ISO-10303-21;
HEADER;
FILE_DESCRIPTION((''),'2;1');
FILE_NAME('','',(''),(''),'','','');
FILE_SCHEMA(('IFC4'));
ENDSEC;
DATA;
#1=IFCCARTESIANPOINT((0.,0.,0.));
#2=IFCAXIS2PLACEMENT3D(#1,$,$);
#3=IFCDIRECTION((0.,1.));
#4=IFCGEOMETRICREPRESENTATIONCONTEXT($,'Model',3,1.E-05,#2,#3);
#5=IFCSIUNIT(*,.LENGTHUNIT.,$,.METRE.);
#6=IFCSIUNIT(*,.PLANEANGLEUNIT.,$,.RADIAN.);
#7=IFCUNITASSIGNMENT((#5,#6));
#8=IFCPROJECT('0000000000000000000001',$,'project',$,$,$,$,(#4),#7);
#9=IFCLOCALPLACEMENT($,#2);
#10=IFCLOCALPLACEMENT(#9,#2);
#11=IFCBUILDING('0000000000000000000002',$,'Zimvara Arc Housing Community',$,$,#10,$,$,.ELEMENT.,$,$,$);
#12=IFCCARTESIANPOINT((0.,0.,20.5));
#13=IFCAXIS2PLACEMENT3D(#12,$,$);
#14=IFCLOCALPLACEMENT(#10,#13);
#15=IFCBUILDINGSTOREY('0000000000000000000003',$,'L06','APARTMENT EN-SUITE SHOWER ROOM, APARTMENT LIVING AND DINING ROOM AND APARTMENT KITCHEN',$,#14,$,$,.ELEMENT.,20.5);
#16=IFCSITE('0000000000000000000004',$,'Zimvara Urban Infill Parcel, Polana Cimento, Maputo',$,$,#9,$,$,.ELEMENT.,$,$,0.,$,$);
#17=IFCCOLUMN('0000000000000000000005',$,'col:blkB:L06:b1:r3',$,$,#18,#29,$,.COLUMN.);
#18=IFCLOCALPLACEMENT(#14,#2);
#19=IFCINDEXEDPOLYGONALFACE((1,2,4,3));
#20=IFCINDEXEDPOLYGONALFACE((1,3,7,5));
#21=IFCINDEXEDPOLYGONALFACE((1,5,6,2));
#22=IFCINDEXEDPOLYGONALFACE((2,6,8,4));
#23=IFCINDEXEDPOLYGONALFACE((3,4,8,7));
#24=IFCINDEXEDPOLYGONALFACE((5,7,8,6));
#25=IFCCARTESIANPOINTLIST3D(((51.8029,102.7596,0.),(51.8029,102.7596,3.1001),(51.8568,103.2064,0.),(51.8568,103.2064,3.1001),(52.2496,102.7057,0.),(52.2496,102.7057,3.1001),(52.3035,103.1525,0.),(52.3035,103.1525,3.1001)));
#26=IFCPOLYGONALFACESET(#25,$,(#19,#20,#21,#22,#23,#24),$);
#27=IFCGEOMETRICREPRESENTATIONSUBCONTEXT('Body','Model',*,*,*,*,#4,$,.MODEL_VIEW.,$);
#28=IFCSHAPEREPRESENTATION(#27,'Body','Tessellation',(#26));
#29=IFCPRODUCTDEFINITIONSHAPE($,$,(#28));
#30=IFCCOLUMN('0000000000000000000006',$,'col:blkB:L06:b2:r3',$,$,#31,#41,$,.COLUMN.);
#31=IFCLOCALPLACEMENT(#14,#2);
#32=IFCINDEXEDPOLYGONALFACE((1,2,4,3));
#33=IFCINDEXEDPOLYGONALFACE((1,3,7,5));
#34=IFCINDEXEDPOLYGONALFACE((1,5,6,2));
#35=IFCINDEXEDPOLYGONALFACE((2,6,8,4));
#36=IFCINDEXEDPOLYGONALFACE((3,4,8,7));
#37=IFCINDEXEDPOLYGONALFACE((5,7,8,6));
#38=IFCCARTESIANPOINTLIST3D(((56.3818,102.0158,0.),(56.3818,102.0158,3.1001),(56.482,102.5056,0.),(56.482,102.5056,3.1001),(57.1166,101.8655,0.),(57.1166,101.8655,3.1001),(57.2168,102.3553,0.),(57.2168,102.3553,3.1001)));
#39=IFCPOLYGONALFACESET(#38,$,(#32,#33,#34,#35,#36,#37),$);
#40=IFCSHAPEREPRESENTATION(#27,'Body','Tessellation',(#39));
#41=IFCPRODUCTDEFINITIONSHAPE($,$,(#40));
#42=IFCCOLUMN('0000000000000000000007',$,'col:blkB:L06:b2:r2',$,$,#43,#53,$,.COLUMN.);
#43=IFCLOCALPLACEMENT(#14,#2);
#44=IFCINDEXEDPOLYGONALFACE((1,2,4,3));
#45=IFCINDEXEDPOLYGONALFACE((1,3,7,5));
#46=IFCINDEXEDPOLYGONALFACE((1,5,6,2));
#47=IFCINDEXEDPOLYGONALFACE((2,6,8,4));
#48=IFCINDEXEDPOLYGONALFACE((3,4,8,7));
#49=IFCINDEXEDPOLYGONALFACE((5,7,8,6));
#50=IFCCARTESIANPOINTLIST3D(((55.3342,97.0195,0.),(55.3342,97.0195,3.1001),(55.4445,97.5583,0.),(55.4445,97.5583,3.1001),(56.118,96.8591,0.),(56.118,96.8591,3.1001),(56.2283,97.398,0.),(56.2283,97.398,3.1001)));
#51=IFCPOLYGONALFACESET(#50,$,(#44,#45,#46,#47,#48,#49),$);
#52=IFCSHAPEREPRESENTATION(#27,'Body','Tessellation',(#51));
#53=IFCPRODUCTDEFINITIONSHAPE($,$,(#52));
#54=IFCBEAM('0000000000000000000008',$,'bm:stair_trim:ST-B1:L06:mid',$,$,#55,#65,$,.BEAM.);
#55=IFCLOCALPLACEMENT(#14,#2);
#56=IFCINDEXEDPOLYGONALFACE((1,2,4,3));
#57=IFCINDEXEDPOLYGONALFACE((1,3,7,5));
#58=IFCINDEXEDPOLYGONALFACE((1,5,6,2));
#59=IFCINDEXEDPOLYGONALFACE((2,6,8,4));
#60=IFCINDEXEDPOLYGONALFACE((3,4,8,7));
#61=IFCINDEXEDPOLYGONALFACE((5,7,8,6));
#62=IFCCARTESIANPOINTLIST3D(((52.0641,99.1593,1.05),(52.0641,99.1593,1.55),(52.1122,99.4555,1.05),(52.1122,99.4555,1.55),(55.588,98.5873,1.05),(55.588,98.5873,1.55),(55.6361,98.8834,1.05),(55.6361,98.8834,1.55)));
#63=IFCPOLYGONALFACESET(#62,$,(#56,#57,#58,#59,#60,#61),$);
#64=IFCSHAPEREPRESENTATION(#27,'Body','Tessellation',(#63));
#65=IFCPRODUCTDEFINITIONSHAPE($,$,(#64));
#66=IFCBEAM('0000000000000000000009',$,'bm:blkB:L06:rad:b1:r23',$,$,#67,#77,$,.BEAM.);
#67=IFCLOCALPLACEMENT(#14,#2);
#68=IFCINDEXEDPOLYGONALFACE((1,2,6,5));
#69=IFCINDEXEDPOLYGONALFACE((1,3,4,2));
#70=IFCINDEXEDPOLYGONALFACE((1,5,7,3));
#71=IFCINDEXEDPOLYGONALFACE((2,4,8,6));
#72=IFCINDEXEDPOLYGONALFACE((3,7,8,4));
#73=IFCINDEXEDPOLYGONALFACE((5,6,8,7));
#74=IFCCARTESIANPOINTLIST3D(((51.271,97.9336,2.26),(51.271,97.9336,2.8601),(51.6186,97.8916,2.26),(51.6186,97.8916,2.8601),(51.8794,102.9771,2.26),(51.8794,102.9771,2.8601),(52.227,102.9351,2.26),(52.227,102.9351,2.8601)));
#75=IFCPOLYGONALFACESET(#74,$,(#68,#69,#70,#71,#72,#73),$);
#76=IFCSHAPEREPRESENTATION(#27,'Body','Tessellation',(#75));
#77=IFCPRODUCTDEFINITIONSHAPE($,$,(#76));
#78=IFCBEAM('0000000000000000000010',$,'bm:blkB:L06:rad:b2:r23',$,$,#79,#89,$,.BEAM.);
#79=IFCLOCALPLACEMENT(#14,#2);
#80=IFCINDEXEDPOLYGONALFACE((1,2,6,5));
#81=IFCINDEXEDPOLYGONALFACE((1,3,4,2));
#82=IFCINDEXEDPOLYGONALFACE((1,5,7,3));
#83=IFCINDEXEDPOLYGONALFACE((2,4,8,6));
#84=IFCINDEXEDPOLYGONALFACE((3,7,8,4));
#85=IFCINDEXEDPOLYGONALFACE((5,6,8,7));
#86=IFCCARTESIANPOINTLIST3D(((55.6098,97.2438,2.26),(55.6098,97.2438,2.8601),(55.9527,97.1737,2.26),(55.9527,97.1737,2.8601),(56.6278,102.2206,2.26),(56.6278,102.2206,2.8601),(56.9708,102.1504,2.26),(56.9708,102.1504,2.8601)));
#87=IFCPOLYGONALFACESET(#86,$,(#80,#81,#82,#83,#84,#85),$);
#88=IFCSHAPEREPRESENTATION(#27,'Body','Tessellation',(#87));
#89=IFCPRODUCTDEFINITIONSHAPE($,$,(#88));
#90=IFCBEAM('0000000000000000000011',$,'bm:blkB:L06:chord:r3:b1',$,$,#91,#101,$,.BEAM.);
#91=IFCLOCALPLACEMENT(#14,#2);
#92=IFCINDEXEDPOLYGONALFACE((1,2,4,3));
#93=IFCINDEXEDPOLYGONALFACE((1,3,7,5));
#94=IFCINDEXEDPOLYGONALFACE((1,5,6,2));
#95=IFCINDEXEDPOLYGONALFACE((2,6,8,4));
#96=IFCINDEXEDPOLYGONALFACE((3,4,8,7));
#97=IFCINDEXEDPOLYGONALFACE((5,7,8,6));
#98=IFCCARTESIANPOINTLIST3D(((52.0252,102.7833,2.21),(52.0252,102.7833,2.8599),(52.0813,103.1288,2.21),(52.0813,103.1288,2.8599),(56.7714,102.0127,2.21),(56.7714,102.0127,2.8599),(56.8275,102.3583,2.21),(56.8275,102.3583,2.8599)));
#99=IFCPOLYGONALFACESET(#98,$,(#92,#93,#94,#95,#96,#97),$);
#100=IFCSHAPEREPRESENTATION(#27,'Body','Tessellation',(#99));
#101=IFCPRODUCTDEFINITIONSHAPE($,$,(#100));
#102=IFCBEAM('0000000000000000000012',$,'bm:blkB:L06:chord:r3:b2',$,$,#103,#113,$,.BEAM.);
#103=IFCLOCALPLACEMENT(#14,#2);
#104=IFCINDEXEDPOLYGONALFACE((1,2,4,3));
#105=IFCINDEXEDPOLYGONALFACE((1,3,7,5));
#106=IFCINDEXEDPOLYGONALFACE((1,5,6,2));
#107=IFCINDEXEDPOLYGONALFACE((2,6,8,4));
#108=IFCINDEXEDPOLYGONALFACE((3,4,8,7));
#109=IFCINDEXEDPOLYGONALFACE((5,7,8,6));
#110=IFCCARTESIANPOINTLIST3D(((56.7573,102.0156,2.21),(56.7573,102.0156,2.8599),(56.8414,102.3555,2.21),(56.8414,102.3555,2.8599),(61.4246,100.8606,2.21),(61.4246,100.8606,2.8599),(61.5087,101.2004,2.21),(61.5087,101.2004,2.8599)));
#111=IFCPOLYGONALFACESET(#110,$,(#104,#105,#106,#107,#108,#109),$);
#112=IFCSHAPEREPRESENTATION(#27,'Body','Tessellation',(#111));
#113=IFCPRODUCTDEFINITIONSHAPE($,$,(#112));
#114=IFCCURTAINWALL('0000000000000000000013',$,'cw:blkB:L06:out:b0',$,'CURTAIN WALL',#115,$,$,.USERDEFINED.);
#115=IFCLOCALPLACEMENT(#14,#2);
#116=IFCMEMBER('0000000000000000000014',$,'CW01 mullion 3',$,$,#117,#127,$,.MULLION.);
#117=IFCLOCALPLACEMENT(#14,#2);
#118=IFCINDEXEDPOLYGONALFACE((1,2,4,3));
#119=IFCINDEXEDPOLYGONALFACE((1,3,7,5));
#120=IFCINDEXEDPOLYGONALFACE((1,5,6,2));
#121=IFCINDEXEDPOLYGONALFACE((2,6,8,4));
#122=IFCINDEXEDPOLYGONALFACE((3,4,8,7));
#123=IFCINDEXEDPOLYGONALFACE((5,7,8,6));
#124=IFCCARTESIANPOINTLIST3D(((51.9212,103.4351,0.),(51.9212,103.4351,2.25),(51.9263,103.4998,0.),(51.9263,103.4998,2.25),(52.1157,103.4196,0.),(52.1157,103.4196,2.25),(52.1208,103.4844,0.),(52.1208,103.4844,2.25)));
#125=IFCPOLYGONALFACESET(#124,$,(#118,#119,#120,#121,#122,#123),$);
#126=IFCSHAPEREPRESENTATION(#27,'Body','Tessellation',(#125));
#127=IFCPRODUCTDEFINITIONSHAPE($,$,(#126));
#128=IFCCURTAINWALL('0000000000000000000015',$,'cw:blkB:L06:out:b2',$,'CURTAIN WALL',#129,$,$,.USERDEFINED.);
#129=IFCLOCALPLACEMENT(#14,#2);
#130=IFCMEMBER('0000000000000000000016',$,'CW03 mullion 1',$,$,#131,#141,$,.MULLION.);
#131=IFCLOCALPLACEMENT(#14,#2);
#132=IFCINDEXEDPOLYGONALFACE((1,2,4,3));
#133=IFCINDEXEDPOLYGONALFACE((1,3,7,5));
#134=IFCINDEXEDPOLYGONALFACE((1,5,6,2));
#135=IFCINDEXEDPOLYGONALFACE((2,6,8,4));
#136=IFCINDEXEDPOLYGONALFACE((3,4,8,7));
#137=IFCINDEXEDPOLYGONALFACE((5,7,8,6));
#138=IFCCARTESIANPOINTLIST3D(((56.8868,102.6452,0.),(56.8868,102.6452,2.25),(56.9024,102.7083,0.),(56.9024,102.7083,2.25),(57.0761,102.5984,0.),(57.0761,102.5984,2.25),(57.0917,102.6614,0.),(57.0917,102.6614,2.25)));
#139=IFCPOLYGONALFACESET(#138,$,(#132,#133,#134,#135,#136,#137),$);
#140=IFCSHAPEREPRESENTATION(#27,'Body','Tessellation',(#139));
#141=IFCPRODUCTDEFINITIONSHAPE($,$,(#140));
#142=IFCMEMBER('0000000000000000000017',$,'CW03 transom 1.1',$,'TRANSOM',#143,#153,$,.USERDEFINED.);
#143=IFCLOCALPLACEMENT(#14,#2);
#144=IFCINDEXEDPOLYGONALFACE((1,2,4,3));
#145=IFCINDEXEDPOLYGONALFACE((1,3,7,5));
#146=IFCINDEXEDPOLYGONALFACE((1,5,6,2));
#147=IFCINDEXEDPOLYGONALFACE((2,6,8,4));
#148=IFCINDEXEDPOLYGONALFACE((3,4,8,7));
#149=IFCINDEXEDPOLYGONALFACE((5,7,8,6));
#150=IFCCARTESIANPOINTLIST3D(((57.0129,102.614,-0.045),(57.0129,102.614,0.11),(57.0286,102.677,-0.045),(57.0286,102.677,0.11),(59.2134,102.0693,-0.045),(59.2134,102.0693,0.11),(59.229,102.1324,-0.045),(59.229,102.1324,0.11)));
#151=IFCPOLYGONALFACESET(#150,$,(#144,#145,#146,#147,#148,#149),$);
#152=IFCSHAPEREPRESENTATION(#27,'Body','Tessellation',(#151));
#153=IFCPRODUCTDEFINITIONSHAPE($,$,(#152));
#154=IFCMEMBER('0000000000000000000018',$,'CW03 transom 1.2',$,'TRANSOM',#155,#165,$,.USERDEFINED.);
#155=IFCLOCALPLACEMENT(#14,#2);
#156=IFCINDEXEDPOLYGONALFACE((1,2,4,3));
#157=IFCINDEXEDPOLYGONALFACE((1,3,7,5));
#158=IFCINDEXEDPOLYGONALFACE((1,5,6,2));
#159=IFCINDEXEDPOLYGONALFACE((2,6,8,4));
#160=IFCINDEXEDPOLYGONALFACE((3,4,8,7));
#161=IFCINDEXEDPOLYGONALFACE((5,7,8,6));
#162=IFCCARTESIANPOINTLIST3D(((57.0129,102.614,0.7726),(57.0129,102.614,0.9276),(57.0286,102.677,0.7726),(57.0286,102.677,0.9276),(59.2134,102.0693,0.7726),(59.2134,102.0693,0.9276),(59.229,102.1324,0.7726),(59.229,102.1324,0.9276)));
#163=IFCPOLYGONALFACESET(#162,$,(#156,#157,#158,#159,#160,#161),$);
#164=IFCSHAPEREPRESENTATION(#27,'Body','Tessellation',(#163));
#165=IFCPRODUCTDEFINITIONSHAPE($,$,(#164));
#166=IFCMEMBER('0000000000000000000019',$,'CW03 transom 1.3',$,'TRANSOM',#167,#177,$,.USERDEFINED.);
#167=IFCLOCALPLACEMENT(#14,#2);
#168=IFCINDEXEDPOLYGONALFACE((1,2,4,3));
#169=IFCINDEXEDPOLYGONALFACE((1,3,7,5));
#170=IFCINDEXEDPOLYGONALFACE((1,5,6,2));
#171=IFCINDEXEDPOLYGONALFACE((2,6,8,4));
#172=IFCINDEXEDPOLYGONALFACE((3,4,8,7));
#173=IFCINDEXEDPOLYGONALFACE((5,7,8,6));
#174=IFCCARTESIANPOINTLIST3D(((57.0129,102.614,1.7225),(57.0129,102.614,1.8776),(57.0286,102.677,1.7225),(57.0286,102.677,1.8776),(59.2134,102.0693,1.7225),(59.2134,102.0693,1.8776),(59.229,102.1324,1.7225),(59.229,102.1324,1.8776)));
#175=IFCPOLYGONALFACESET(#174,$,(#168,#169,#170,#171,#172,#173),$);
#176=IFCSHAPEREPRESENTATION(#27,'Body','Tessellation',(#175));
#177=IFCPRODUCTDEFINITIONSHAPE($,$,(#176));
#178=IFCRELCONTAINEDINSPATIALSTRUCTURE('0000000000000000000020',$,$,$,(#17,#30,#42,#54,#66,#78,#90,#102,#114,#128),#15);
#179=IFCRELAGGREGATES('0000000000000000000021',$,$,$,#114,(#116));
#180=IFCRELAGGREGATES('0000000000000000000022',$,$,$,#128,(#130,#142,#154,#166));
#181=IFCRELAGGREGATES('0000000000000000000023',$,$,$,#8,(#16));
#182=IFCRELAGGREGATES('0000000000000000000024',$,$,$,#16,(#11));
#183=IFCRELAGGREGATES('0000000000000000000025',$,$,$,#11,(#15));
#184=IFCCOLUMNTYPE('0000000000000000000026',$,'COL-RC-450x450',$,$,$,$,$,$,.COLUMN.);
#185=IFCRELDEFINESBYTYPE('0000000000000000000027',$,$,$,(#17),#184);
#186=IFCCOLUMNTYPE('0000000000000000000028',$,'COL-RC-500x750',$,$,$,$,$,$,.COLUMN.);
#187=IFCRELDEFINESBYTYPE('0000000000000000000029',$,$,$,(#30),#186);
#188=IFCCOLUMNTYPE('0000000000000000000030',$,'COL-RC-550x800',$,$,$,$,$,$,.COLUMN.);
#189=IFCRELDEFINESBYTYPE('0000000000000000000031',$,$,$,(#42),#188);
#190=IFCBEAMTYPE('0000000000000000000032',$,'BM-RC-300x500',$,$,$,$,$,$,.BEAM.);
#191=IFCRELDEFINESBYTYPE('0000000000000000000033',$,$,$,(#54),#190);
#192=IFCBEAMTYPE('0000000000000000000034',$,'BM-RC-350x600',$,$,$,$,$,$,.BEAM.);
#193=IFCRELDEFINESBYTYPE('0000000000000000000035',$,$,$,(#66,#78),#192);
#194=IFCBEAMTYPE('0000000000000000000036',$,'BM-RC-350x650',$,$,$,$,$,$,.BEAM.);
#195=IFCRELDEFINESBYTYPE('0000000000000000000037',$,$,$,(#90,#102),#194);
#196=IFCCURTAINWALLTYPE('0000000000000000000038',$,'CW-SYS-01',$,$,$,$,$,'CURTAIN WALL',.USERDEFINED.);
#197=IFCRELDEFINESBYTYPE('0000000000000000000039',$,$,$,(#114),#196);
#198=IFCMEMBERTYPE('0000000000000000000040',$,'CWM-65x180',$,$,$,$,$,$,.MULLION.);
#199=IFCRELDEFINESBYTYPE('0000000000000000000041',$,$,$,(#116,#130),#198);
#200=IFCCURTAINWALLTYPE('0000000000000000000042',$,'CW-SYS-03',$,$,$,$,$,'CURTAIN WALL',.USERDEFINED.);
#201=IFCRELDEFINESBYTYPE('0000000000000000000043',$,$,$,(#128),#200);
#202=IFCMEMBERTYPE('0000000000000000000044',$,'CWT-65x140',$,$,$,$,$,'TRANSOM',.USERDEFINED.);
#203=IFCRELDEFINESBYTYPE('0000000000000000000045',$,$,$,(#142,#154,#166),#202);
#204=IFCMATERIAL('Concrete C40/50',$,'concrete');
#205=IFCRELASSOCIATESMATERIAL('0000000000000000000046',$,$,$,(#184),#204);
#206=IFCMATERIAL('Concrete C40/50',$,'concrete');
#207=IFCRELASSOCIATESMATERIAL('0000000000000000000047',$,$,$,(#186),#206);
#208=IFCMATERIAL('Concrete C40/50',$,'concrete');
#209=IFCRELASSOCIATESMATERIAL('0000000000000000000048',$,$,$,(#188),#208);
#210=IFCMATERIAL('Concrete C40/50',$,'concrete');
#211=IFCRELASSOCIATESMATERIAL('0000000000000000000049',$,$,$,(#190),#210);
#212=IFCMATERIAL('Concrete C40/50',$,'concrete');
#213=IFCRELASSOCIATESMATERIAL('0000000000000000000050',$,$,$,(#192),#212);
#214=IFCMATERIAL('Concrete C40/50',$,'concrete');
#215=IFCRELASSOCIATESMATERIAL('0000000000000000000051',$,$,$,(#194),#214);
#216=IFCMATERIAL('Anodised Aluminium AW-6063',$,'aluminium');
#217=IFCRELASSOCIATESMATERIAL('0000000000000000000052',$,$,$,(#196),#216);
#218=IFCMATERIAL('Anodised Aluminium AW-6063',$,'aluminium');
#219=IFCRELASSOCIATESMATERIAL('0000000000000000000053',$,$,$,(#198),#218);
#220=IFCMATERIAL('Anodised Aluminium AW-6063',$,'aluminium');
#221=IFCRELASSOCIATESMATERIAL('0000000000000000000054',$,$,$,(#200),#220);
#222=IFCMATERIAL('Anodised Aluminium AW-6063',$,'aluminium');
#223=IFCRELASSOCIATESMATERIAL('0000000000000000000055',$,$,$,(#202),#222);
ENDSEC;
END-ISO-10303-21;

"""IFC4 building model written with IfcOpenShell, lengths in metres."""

from ifc_helpers import new_model, si_unit, direction, frame, origin, origin_2d, place, context, subcontext, project, spatial, rectangle, extrude, material, material_profile, profile_set, type_object, element, aggregate, save


model = new_model("IFC4")

# Units and contexts
model_context = context("Model", 3, precision=1e-05, world=origin(), true_north=direction((0.0, 1.0)))
body_context = subcontext(model_context, "Body", "Model", "MODEL_VIEW")
ifc_project = project(units=[si_unit("LENGTHUNIT", "METRE"), si_unit("PLANEANGLEUNIT", "RADIAN")], contexts=[model_context])

# Site, building, storey
site_placement = place(None, origin())
site = spatial("IfcSite", under=ifc_project, at=site_placement, Name="Zimvara Urban Infill Parcel, Polana Cimento, Maputo", CompositionType="ELEMENT", RefElevation=0.0)
building_placement = place(site_placement, origin())
building = spatial("IfcBuilding", under=site, at=building_placement, Name="Zimvara Arc Housing Community", CompositionType="ELEMENT")
storey_placement = place(building_placement, frame((0.0, 0.0, 20.5)))
storey = spatial("IfcBuildingStorey", under=building, at=storey_placement, Name="L06", Description="APARTMENT EN-SUITE SHOWER ROOM, APARTMENT LIVING AND DINING ROOM AND APARTMENT KITCHEN", CompositionType="ELEMENT", Elevation=20.5)

# Columns
ifc_material_1 = material(Name="Concrete C40/50", Category="concrete")
ifc_material_profile_1 = material_profile(ifc_material_1, rectangle(XDim=0.45, YDim=0.45, at=origin_2d()), Name="RC 450x450")
ifc_profile_set_1 = profile_set([ifc_material_profile_1], Name="Concrete C40/50")
column_type_1 = type_object("IfcColumnType", Name="COL-RC-450x450", PredefinedType="COLUMN", material=ifc_profile_set_1)
column_1_placement = place(storey_placement, frame((52.0532, 102.9561, 0.0), z_axis=(0.0, 0.0, 1.0), x_axis=(0.11979, 0.992799, 0.0)))
element("IfcColumn", 1, at=column_1_placement, inside=storey, type_object=column_type_1, Name="col:blkB:L06:b1:r3", PredefinedType="COLUMN", context=body_context, shape_type="SweptSolid", body=[
    extrude(rectangle(XDim=0.45, YDim=0.45, at=origin_2d()), origin(), (0.0, 0.0, 1.0), 3.1001),
])
ifc_material_2 = material(Name="Concrete C40/50", Category="concrete")
ifc_material_profile_2 = material_profile(ifc_material_2, rectangle(XDim=0.5, YDim=0.75, at=origin_2d()), Name="RC 500x750")
ifc_profile_set_2 = profile_set([ifc_material_profile_2], Name="Concrete C40/50")
column_type_2 = type_object("IfcColumnType", Name="COL-RC-500x750", PredefinedType="COLUMN", material=ifc_profile_set_2)
column_2_placement = place(storey_placement, frame((56.7993, 102.1855, 0.0), z_axis=(0.0, 0.0, 1.0), x_axis=(0.200394, 0.979715, 0.0)))
element("IfcColumn", 2, at=column_2_placement, inside=storey, type_object=column_type_2, Name="col:blkB:L06:b2:r3", PredefinedType="COLUMN", context=body_context, shape_type="SweptSolid", body=[
    extrude(rectangle(XDim=0.5, YDim=0.75, at=origin_2d()), origin(), (0.0, 0.0, 1.0), 3.1001),
])
ifc_material_3 = material(Name="Concrete C40/50", Category="concrete")
ifc_material_profile_3 = material_profile(ifc_material_3, rectangle(XDim=0.55, YDim=0.8, at=origin_2d()), Name="RC 550x800")
ifc_profile_set_3 = profile_set([ifc_material_profile_3], Name="Concrete C40/50")
column_type_3 = type_object("IfcColumnType", Name="COL-RC-550x800", PredefinedType="COLUMN", material=ifc_profile_set_3)
column_3_placement = place(storey_placement, frame((55.7812, 97.2087, 0.0), z_axis=(0.0, 0.0, 1.0), x_axis=(0.200394, 0.979715, 0.0)))
element("IfcColumn", 3, at=column_3_placement, inside=storey, type_object=column_type_3, Name="col:blkB:L06:b2:r2", PredefinedType="COLUMN", context=body_context, shape_type="SweptSolid", body=[
    extrude(rectangle(XDim=0.55, YDim=0.8, at=origin_2d()), origin(), (0.0, 0.0, 1.0), 3.1001),
])

# Beams
ifc_material_4 = material(Name="Concrete C40/50", Category="concrete")
ifc_material_profile_4 = material_profile(ifc_material_4, rectangle(XDim=0.3, YDim=0.5, at=origin_2d()), Name="RC 300x500")
ifc_profile_set_4 = profile_set([ifc_material_profile_4], Name="Concrete C40/50")
beam_type_1 = type_object("IfcBeamType", Name="BM-RC-300x500", PredefinedType="BEAM", material=ifc_profile_set_4)
beam_1_placement = place(storey_placement, frame((55.6121, 98.7354, 1.3), z_axis=(-0.98708, 0.160228, 0.0), x_axis=(-0.160228, -0.98708, 0.0)))
element("IfcBeam", 4, at=beam_1_placement, inside=storey, type_object=beam_type_1, Name="bm:stair_trim:ST-B1:L06:mid", PredefinedType="BEAM", context=body_context, shape_type="SweptSolid", body=[
    extrude(rectangle(XDim=0.3, YDim=0.5, at=origin_2d()), origin(), (0.0, 0.0, 1.0), 3.5701),
])
ifc_material_5 = material(Name="Concrete C40/50", Category="concrete")
ifc_material_profile_5 = material_profile(ifc_material_5, rectangle(XDim=0.3501, YDim=0.6001, at=origin_2d()), Name="RC 350x600")
ifc_profile_set_5 = profile_set([ifc_material_profile_5], Name="Concrete C40/50")
beam_type_2 = type_object("IfcBeamType", Name="BM-RC-350x600", PredefinedType="BEAM", material=ifc_profile_set_5)
beam_2_placement = place(storey_placement, frame((51.4448, 97.9126, 2.5601), z_axis=(0.119763, 0.992803, 0.0), x_axis=(-0.992803, 0.119763, 0.0)))
element("IfcBeam", 5, at=beam_2_placement, inside=storey, type_object=beam_type_2, Name="bm:blkB:L06:rad:b1:r23", PredefinedType="BEAM", context=body_context, shape_type="SweptSolid", body=[
    extrude(rectangle(XDim=0.3501, YDim=0.6001, at=origin_2d()), origin(), (0.0, 0.0, 1.0), 5.0801),
])
beam_3_placement = place(storey_placement, frame((55.7812, 97.2087, 2.5601), z_axis=(0.200412, 0.979712, 0.0), x_axis=(-0.979712, 0.200412, 0.0)))
element("IfcBeam", 6, at=beam_3_placement, inside=storey, type_object=beam_type_2, Name="bm:blkB:L06:rad:b2:r23", PredefinedType="BEAM", context=body_context, shape_type="SweptSolid", body=[
    extrude(rectangle(XDim=0.3501, YDim=0.6001, at=origin_2d()), origin(), (0.0, 0.0, 1.0), 5.0798),
])
ifc_material_6 = material(Name="Concrete C40/50", Category="concrete")
ifc_material_profile_6 = material_profile(ifc_material_6, rectangle(XDim=0.3501, YDim=0.6499, at=origin_2d()), Name="RC 350x650")
ifc_profile_set_6 = profile_set([ifc_material_profile_6], Name="Concrete C40/50")
beam_type_3 = type_object("IfcBeamType", Name="BM-RC-350x650", PredefinedType="BEAM", material=ifc_profile_set_6)
beam_4_placement = place(storey_placement, frame((52.0532, 102.9561, 2.5349), z_axis=(0.987077, -0.160248, 0.0), x_axis=(0.160248, 0.987077, 0.0)))
element("IfcBeam", 7, at=beam_4_placement, inside=storey, type_object=beam_type_3, Name="bm:blkB:L06:chord:r3:b1", PredefinedType="BEAM", context=body_context, shape_type="SweptSolid", body=[
    extrude(rectangle(XDim=0.3501, YDim=0.6499, at=origin_2d()), origin(), (0.0, 0.0, 1.0), 4.8083),
])
beam_5_placement = place(storey_placement, frame((56.7993, 102.1855, 2.5349), z_axis=(0.970716, -0.240229, 0.0), x_axis=(0.240229, 0.970716, 0.0)))
element("IfcBeam", 8, at=beam_5_placement, inside=storey, type_object=beam_type_3, Name="bm:blkB:L06:chord:r3:b2", PredefinedType="BEAM", context=body_context, shape_type="SweptSolid", body=[
    extrude(rectangle(XDim=0.3501, YDim=0.6499, at=origin_2d()), origin(), (0.0, 0.0, 1.0), 4.8081),
])

# Curtain wall, member
ifc_material_7 = material(Name="Anodised Aluminium AW-6063", Category="aluminium")
curtain_wall_type_1 = type_object("IfcCurtainWallType", Name="CW-SYS-01", ElementType="CURTAIN WALL", PredefinedType="USERDEFINED", material=ifc_material_7)
curtain_wall_1_placement = place(storey_placement, origin())
curtain_wall_1 = element("IfcCurtainWall", 9, at=curtain_wall_1_placement, inside=storey, type_object=curtain_wall_type_1, Name="cw:blkB:L06:out:b0", ObjectType="CURTAIN WALL", PredefinedType="USERDEFINED")
ifc_material_8 = material(Name="Anodised Aluminium AW-6063", Category="aluminium")
ifc_material_profile_7 = material_profile(ifc_material_8, rectangle(XDim=0.0649, YDim=0.1951, at=origin_2d()), Name="ALU 65x195")
ifc_profile_set_7 = profile_set([ifc_material_profile_7], Name="Anodised Aluminium AW-6063")
member_type_1 = type_object("IfcMemberType", Name="CWM-65x180", PredefinedType="MULLION", material=ifc_profile_set_7)
member_1_placement = place(storey_placement, frame((52.021, 103.4597, 0.0), z_axis=(0.0, 0.0, 1.0), x_axis=(0.079154, 0.996862, 0.0)))
member_1 = element("IfcMember", 10, at=member_1_placement, type_object=member_type_1, Name="CW01 mullion 3", PredefinedType="MULLION", context=body_context, shape_type="SweptSolid", body=[
    extrude(rectangle(XDim=0.0649, YDim=0.1951, at=origin_2d()), origin(), (0.0, 0.0, 1.0), 2.25),
])
aggregate(curtain_wall_1, [member_1])

# Curtain wall, members
ifc_material_9 = material(Name="Anodised Aluminium AW-6063", Category="aluminium")
curtain_wall_type_2 = type_object("IfcCurtainWallType", Name="CW-SYS-03", ElementType="CURTAIN WALL", PredefinedType="USERDEFINED", material=ifc_material_9)
curtain_wall_2_placement = place(storey_placement, origin())
curtain_wall_2 = element("IfcCurtainWall", 11, at=curtain_wall_2_placement, inside=storey, type_object=curtain_wall_type_2, Name="cw:blkB:L06:out:b2", ObjectType="CURTAIN WALL", PredefinedType="USERDEFINED")
member_2_placement = place(storey_placement, frame((56.9893, 102.6533, 0.0), z_axis=(0.0, 0.0, 1.0), x_axis=(0.24023, 0.970716, 0.0)))
member_2 = element("IfcMember", 12, at=member_2_placement, type_object=member_type_1, Name="CW03 mullion 1", PredefinedType="MULLION", context=body_context, shape_type="SweptSolid", body=[
    extrude(rectangle(XDim=0.0649, YDim=0.1951, at=origin_2d()), origin(), (0.0, 0.0, 1.0), 2.25),
])
ifc_material_10 = material(Name="Anodised Aluminium AW-6063", Category="aluminium")
ifc_material_profile_8 = material_profile(ifc_material_10, rectangle(XDim=0.0649, YDim=0.155, at=origin_2d()), Name="ALU 65x155")
ifc_profile_set_8 = profile_set([ifc_material_profile_8], Name="Anodised Aluminium AW-6063")
member_type_2 = type_object("IfcMemberType", Name="CWT-65x140", ElementType="TRANSOM", PredefinedType="USERDEFINED", material=ifc_profile_set_8)
member_3_placement = place(storey_placement, frame((57.0208, 102.6455, 0.0325), z_axis=(0.970704, -0.24028, 0.0), x_axis=(0.24028, 0.970704, 0.0)))
member_3 = element("IfcMember", 13, at=member_3_placement, type_object=member_type_2, Name="CW03 transom 1.1", ObjectType="TRANSOM", PredefinedType="USERDEFINED", context=body_context, shape_type="SweptSolid", body=[
    extrude(rectangle(XDim=0.0649, YDim=0.155, at=origin_2d()), origin(), (0.0, 0.0, 1.0), 2.2668),
])
member_4_placement = place(storey_placement, frame((57.0208, 102.6455, 0.8501), z_axis=(0.970704, -0.24028, 0.0), x_axis=(0.24028, 0.970704, 0.0)))
member_4 = element("IfcMember", 14, at=member_4_placement, type_object=member_type_2, Name="CW03 transom 1.2", ObjectType="TRANSOM", PredefinedType="USERDEFINED", context=body_context, shape_type="SweptSolid", body=[
    extrude(rectangle(XDim=0.0649, YDim=0.155, at=origin_2d()), origin(), (0.0, 0.0, 1.0), 2.2668),
])
member_5_placement = place(storey_placement, frame((57.0208, 102.6455, 1.8), z_axis=(0.970704, -0.24028, 0.0), x_axis=(0.24028, 0.970704, 0.0)))
member_5 = element("IfcMember", 15, at=member_5_placement, type_object=member_type_2, Name="CW03 transom 1.3", ObjectType="TRANSOM", PredefinedType="USERDEFINED", context=body_context, shape_type="SweptSolid", body=[
    extrude(rectangle(XDim=0.0649, YDim=0.155, at=origin_2d()), origin(), (0.0, 0.0, 1.0), 2.2668),
])
aggregate(curtain_wall_2, [member_2, member_3, member_4, member_5])

save(model, "model.ifc")
